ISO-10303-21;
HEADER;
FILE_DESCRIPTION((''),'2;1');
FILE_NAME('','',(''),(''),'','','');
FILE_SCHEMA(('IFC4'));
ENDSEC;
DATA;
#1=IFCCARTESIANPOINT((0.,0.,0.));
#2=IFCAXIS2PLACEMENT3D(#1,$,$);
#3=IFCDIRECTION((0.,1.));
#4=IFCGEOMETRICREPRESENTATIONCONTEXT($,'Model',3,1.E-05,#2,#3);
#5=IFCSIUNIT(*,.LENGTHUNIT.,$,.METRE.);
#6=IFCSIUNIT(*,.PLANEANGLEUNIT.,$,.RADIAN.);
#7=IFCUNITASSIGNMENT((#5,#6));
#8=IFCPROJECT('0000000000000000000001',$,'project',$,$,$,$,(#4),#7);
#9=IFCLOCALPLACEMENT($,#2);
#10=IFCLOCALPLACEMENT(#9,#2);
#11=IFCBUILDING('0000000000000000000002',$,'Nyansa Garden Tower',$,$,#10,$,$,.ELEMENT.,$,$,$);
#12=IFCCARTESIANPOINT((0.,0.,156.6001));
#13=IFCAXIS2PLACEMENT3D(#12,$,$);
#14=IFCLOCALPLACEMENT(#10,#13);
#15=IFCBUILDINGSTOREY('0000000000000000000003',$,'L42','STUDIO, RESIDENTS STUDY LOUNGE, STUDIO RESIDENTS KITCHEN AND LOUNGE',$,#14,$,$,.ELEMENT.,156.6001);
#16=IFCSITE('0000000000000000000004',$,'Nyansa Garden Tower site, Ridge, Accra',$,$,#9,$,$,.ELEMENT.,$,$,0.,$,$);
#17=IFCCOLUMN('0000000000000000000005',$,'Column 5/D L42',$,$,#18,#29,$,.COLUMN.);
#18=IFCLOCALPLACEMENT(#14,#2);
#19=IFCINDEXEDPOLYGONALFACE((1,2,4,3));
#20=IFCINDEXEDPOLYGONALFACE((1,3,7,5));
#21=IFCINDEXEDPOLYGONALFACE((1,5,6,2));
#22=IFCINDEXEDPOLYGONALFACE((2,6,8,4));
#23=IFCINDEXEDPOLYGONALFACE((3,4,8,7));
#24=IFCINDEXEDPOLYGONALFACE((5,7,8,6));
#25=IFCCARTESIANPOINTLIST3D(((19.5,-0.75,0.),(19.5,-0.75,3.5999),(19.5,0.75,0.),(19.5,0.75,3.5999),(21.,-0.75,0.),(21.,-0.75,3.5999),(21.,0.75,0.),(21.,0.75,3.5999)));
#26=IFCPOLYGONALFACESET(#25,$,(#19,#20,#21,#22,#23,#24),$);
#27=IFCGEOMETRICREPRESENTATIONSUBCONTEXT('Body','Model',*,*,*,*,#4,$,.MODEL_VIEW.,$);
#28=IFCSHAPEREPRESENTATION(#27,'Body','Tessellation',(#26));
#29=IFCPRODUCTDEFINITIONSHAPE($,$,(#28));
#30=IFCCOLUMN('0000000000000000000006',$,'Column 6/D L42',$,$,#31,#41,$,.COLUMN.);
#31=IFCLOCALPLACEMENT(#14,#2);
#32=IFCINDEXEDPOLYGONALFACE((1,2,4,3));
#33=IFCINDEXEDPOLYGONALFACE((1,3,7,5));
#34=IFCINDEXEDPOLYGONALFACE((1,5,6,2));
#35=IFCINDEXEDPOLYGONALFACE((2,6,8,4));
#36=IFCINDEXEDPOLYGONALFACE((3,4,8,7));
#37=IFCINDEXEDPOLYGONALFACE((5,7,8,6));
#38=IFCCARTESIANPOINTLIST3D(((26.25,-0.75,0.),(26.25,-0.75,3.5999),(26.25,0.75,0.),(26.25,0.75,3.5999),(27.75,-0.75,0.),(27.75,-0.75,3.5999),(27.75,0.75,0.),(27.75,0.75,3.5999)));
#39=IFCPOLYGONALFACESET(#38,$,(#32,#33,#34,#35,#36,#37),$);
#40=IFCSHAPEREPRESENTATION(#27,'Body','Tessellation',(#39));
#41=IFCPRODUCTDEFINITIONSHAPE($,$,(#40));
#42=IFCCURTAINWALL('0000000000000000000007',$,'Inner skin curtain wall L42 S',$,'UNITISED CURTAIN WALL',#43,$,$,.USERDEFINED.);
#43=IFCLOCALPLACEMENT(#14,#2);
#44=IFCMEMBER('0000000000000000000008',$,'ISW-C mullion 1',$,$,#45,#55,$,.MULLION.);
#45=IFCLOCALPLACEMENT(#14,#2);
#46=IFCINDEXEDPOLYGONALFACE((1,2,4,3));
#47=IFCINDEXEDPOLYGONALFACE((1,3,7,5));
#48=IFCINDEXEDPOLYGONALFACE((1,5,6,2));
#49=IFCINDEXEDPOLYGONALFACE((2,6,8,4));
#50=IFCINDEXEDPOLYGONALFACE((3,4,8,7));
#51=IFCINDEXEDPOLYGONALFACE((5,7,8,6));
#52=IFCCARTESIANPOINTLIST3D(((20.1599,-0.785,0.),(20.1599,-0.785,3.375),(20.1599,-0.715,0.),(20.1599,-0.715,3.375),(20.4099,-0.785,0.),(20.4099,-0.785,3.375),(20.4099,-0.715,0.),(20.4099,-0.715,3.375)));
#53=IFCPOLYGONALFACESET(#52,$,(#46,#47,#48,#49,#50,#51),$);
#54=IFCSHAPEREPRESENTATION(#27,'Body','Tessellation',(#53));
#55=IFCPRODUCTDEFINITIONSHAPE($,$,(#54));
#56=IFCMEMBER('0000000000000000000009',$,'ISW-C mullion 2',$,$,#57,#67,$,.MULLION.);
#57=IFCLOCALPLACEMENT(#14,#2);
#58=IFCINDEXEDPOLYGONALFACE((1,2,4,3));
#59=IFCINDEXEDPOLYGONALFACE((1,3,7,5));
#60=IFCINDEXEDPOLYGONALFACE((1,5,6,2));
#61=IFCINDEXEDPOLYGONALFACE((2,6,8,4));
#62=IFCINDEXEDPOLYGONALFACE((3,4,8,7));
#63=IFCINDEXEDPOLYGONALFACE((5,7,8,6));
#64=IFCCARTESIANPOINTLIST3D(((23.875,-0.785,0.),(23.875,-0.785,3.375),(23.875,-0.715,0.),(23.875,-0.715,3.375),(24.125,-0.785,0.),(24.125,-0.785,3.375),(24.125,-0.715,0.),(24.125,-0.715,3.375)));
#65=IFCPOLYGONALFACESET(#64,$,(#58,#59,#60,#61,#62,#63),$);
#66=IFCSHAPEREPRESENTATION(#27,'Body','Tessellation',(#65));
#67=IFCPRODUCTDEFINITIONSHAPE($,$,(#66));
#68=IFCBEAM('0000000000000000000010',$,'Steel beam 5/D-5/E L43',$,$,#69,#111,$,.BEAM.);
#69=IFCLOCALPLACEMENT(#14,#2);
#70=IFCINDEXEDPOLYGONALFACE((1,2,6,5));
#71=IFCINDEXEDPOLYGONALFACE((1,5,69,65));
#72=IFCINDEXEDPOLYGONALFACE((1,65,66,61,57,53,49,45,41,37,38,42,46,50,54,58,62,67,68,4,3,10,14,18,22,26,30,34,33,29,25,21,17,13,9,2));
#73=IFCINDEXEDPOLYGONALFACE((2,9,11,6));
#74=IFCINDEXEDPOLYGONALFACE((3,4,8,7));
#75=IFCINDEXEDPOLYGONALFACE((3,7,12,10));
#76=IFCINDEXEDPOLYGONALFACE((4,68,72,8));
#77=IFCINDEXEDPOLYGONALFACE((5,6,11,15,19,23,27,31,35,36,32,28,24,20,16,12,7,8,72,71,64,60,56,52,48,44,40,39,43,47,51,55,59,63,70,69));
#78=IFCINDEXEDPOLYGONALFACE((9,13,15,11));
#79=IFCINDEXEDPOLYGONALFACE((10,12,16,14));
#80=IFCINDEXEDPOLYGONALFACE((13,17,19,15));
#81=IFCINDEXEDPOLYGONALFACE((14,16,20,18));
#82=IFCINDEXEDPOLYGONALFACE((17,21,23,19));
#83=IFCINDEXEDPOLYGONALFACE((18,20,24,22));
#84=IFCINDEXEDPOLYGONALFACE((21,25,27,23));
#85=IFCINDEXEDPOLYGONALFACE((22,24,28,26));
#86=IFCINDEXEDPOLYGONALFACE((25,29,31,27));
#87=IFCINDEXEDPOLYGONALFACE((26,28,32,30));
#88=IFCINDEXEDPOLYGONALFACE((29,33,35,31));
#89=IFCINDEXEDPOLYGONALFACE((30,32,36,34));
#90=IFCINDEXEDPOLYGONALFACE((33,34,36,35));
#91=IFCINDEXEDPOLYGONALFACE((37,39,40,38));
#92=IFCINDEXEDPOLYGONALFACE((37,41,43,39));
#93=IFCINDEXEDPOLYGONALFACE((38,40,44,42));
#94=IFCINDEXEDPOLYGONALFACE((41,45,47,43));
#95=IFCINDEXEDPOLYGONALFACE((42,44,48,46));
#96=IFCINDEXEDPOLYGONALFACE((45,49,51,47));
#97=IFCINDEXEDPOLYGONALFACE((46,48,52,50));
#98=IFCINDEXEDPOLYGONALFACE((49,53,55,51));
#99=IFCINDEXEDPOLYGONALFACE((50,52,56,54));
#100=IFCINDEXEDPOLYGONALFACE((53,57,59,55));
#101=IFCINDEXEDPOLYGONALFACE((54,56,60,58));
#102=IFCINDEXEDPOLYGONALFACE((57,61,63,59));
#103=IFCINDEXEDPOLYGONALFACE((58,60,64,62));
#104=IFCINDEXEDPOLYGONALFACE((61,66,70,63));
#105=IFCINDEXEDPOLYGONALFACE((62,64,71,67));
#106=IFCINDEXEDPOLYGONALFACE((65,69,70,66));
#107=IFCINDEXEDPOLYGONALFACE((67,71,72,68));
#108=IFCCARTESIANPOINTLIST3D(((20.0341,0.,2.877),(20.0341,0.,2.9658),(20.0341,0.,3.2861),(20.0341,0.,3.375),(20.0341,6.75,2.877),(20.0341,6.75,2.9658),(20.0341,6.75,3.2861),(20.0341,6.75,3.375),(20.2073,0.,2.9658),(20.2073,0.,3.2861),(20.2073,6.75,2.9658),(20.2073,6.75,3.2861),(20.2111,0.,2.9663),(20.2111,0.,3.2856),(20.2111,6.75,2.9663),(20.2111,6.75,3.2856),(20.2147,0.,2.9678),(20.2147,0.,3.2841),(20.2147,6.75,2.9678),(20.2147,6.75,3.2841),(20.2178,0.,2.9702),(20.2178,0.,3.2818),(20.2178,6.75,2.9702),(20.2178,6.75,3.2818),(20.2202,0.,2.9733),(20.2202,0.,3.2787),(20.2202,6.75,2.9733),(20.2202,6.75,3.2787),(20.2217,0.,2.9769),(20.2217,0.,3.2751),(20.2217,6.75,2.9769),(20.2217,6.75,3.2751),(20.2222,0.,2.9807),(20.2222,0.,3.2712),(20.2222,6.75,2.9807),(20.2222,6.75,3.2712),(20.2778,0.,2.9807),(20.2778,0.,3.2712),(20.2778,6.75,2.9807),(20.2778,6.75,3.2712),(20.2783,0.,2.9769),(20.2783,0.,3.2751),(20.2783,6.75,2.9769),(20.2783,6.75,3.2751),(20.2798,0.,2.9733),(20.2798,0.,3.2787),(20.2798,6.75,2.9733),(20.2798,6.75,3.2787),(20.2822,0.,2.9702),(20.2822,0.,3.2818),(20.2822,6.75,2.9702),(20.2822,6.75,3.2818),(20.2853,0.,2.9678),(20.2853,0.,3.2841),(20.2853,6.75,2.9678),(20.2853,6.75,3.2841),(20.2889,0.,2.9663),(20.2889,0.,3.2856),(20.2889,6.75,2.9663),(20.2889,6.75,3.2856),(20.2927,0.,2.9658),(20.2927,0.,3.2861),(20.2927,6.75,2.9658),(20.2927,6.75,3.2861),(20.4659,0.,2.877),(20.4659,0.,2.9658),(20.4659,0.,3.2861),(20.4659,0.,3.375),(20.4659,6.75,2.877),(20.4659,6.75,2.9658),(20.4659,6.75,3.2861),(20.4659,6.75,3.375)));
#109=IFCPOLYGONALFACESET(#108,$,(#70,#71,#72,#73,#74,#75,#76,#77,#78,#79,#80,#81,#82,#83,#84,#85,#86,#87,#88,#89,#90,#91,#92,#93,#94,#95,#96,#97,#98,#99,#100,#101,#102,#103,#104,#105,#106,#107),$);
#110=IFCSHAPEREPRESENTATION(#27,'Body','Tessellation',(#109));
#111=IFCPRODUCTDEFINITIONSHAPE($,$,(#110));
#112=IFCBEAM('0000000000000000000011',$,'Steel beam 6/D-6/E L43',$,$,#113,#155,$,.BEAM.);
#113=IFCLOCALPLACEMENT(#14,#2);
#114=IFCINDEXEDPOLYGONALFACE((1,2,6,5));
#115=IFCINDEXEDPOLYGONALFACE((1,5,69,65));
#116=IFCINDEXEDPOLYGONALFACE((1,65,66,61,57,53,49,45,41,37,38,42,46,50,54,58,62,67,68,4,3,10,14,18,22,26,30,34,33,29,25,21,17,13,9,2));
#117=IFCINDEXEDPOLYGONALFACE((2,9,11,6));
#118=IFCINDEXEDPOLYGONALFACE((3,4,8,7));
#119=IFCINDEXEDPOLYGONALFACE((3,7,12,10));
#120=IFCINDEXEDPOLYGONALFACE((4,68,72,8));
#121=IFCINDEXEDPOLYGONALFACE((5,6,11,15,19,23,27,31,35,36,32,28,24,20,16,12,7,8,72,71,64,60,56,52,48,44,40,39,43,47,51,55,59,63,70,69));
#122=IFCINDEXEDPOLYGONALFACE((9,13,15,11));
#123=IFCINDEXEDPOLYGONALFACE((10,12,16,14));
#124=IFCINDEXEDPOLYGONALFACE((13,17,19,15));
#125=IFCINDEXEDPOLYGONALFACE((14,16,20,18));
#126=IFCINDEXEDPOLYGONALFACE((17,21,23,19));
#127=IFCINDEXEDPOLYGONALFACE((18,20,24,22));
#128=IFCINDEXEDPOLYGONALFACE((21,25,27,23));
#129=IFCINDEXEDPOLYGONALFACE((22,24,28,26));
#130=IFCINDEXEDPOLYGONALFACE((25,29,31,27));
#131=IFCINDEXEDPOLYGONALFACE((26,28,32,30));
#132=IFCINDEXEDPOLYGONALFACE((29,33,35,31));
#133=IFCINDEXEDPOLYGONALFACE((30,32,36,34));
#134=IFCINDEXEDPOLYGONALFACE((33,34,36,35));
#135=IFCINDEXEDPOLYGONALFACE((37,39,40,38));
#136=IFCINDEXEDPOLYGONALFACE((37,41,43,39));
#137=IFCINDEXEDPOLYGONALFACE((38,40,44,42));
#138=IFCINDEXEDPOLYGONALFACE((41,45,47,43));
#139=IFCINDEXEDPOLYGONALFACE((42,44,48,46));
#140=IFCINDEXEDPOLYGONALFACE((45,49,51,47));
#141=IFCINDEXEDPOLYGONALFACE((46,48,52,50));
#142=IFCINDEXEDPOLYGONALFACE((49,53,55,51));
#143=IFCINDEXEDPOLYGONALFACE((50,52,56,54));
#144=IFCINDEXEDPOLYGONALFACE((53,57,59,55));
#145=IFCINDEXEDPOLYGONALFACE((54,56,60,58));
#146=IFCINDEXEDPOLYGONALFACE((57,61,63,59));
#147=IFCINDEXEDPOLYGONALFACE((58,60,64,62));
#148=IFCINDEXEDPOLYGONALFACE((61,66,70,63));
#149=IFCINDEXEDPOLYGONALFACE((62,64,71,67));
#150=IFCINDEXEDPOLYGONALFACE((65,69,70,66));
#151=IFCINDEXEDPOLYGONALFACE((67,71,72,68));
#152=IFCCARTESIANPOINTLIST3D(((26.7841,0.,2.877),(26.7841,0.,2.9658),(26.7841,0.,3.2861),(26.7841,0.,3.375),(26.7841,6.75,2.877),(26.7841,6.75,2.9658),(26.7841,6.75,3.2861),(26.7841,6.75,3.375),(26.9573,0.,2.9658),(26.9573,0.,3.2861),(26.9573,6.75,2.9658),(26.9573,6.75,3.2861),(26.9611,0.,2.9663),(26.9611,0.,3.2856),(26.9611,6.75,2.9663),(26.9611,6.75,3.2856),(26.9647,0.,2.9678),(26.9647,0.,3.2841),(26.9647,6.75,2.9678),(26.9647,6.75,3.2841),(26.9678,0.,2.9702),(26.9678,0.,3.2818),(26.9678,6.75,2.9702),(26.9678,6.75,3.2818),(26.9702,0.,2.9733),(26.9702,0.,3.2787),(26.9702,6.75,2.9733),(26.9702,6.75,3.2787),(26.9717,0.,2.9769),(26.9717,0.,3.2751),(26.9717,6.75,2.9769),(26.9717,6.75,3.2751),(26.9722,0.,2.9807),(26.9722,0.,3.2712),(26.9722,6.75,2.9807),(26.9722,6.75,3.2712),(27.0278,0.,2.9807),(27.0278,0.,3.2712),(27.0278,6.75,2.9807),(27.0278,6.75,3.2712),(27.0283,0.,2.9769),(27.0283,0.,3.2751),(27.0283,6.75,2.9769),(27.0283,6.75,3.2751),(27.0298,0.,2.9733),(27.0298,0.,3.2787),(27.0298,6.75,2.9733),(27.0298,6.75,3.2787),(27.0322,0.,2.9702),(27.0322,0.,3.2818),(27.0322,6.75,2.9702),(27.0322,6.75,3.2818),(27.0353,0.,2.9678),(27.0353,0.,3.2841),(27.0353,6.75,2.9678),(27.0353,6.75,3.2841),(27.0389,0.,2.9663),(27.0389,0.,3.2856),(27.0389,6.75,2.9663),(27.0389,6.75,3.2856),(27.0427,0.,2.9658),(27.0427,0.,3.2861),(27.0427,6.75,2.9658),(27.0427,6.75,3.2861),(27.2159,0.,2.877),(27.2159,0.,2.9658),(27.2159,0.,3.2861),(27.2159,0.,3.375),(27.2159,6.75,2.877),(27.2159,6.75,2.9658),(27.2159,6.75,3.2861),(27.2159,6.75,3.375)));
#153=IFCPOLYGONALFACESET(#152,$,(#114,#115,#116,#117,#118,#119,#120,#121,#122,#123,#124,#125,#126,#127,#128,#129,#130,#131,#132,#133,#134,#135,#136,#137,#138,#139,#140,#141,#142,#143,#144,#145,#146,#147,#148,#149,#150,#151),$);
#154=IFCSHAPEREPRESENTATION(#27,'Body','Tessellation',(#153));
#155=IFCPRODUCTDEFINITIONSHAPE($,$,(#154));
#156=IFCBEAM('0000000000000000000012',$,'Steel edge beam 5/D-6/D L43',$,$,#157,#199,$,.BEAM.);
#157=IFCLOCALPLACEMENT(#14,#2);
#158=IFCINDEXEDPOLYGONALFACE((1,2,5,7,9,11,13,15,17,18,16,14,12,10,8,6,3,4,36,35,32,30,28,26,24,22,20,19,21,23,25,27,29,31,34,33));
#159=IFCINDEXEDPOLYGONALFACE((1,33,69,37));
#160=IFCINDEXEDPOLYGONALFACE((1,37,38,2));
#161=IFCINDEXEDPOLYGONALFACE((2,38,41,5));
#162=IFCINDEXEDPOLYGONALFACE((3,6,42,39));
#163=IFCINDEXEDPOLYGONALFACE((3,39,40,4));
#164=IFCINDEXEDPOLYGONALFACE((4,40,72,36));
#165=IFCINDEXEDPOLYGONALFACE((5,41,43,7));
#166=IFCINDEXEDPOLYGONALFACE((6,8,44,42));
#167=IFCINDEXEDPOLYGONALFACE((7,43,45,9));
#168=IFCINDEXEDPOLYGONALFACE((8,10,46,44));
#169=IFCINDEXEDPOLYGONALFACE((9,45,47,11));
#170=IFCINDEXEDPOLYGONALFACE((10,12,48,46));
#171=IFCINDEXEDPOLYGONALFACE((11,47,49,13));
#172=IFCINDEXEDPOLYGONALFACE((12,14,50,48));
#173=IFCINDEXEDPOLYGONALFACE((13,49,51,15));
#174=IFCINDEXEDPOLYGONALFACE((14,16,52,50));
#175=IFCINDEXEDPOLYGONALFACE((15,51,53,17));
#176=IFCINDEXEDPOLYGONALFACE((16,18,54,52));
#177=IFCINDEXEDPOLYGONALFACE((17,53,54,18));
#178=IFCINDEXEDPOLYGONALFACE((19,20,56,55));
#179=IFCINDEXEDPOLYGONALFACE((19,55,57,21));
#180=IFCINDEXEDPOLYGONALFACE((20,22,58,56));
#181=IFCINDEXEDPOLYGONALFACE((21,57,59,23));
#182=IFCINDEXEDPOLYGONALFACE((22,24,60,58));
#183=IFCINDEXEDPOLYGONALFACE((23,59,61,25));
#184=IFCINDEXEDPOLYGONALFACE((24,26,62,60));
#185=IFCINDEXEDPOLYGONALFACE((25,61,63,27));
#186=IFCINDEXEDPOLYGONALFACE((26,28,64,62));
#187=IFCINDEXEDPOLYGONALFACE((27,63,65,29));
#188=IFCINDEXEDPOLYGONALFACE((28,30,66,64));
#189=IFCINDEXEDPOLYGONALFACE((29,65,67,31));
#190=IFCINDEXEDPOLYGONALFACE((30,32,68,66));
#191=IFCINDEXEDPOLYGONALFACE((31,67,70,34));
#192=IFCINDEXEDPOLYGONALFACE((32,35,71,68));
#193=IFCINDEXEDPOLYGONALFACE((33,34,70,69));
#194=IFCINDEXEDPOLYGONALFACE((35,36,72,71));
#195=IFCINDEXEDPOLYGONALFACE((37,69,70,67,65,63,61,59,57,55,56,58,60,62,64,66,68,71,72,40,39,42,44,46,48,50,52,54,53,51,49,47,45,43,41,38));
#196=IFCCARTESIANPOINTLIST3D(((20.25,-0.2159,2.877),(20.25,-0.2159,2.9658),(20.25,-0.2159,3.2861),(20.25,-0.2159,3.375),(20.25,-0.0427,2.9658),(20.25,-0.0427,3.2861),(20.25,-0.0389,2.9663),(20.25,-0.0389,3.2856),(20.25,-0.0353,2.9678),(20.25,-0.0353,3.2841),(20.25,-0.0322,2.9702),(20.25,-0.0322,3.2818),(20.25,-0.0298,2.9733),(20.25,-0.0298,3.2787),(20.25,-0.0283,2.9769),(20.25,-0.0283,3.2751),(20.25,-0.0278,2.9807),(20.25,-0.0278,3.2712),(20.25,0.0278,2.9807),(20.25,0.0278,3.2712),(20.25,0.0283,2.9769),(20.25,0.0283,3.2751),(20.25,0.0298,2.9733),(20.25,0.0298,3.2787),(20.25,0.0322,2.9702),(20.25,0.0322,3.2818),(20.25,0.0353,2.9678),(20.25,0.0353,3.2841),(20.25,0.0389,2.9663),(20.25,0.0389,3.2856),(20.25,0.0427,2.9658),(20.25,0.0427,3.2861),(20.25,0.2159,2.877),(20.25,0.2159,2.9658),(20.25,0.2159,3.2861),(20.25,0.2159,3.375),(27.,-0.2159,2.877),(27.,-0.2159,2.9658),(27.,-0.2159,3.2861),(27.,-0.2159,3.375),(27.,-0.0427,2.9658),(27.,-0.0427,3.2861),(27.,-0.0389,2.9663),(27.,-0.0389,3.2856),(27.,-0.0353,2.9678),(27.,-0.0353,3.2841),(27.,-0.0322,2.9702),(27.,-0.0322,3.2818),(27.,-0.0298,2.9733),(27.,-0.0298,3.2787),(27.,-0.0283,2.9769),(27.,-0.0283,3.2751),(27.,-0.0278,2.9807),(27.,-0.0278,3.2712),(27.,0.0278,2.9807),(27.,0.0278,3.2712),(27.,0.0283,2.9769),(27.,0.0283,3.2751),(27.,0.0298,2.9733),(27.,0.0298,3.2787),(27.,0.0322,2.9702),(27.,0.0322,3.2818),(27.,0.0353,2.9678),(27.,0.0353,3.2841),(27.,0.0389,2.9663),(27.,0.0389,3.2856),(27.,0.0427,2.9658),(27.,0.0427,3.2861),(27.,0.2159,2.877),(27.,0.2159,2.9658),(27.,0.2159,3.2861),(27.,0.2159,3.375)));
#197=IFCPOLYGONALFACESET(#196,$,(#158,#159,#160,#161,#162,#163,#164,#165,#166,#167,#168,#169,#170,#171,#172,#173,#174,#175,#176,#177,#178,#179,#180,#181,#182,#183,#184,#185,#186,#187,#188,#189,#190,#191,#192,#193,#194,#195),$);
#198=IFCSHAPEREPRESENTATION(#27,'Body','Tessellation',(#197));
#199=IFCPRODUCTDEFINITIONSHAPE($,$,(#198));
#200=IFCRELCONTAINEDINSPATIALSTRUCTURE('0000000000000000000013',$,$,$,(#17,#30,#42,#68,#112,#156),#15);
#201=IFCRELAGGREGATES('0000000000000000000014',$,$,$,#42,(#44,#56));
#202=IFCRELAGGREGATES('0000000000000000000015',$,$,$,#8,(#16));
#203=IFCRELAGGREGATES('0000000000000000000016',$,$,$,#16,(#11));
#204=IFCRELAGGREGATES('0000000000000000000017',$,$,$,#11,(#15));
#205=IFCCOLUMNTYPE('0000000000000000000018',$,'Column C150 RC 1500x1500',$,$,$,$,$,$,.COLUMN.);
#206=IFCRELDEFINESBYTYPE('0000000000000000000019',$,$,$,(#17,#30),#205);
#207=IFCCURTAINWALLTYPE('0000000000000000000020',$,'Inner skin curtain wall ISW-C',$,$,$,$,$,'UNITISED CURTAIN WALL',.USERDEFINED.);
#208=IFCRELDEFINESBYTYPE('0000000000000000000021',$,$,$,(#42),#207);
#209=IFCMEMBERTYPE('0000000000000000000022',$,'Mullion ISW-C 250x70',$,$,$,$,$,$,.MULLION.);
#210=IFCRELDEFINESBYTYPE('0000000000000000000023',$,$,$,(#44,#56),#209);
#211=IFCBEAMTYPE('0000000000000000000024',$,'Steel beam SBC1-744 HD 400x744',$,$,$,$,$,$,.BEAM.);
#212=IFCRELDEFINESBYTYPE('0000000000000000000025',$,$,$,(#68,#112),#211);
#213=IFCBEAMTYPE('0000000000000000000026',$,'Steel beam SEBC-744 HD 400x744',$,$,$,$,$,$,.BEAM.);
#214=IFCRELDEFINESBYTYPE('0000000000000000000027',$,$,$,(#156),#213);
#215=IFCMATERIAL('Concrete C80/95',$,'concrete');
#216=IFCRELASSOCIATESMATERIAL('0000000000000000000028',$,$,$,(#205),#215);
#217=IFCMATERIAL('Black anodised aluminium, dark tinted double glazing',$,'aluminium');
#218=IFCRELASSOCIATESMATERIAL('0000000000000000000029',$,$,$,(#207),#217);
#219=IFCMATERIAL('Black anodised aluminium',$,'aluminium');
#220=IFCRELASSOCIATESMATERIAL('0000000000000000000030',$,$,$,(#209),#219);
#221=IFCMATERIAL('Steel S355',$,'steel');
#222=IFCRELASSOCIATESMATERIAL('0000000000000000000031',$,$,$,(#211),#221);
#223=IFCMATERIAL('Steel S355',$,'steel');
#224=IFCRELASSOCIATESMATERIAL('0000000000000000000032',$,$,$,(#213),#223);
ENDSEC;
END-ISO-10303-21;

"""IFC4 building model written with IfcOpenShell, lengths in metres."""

from ifc_helpers import new_model, si_unit, direction, frame, origin, origin_2d, place, context, subcontext, project, spatial, rectangle, i_section, extrude, material, material_profile, profile_set, type_object, element, aggregate, save


model = new_model("IFC4")

# Units and contexts
model_context = context("Model", 3, precision=1e-05, world=origin(), true_north=direction((0.0, 1.0)))
body_context = subcontext(model_context, "Body", "Model", "MODEL_VIEW")
ifc_project = project(units=[si_unit("LENGTHUNIT", "METRE"), si_unit("PLANEANGLEUNIT", "RADIAN")], contexts=[model_context])

# Site, building, storey
site_placement = place(None, origin())
site = spatial("IfcSite", under=ifc_project, at=site_placement, Name="Nyansa Garden Tower site, Ridge, Accra", CompositionType="ELEMENT", RefElevation=0.0)
building_placement = place(site_placement, origin())
building = spatial("IfcBuilding", under=site, at=building_placement, Name="Nyansa Garden Tower", CompositionType="ELEMENT")
storey_placement = place(building_placement, frame((0.0, 0.0, 156.6001)))
storey = spatial("IfcBuildingStorey", under=building, at=storey_placement, Name="L42", Description="STUDIO, RESIDENTS STUDY LOUNGE, STUDIO RESIDENTS KITCHEN AND LOUNGE", CompositionType="ELEMENT", Elevation=156.6001)

# Columns
ifc_material_1 = material(Name="Concrete C80/95", Category="concrete")
ifc_material_profile_1 = material_profile(ifc_material_1, rectangle(XDim=1.5, YDim=1.5, at=origin_2d()), Name="RC 1500x1500")
ifc_profile_set_1 = profile_set([ifc_material_profile_1], Name="Concrete C80/95")
column_type = type_object("IfcColumnType", Name="Column C150 RC 1500x1500", PredefinedType="COLUMN", material=ifc_profile_set_1)
for number, where, z_axis, x_axis, name in (
    (1, (20.25, 0.0, 0.0), (0.0, 0.0, 1.0), (1.0, 0.0, 0.0), "Column 5/D L42"),
    (2, (27.0, 0.0, 0.0), (0.0, 0.0, 1.0), (1.0, 0.0, 0.0), "Column 6/D L42"),
):
    element("IfcColumn", number, at=place(storey_placement, frame(where, z_axis=z_axis, x_axis=x_axis)), inside=storey, type_object=column_type, Name=name, PredefinedType="COLUMN", context=body_context, shape_type="SweptSolid", body=[
        extrude(rectangle(XDim=1.5, YDim=1.5, at=origin_2d()), origin(), (0.0, 0.0, 1.0), 3.5999),
    ])

# Curtain wall, members
ifc_material_2 = material(Name="Black anodised aluminium, dark tinted double glazing", Category="aluminium")
curtain_wall_type = type_object("IfcCurtainWallType", Name="Inner skin curtain wall ISW-C", ElementType="UNITISED CURTAIN WALL", PredefinedType="USERDEFINED", material=ifc_material_2)
curtain_wall_placement = place(storey_placement, origin())
curtain_wall = element("IfcCurtainWall", 3, at=curtain_wall_placement, inside=storey, type_object=curtain_wall_type, Name="Inner skin curtain wall L42 S", ObjectType="UNITISED CURTAIN WALL", PredefinedType="USERDEFINED")
ifc_material_3 = material(Name="Black anodised aluminium", Category="aluminium")
ifc_material_profile_2 = material_profile(ifc_material_3, rectangle(XDim=0.0701, YDim=0.25, at=origin_2d()), Name="Mullion 250x70")
ifc_profile_set_2 = profile_set([ifc_material_profile_2], Name="Black anodised aluminium")
member_type_1 = type_object("IfcMemberType", Name="Mullion ISW-C 250x70", PredefinedType="MULLION", material=ifc_profile_set_2)
member_1_placement = place(storey_placement, frame((20.2849, -0.75, 0.0), z_axis=(0.0, 0.0, 1.0), x_axis=(0.0, 1.0, 0.0)))
member_1 = element("IfcMember", 4, at=member_1_placement, type_object=member_type_1, Name="ISW-C mullion 1", PredefinedType="MULLION", context=body_context, shape_type="SweptSolid", body=[
    extrude(rectangle(XDim=0.0701, YDim=0.25, at=origin_2d()), origin(), (0.0, 0.0, 1.0), 3.375),
])
member_2_placement = place(storey_placement, frame((24.0, -0.75, 0.0), z_axis=(0.0, 0.0, 1.0), x_axis=(0.0, 1.0, 0.0)))
member_2 = element("IfcMember", 5, at=member_2_placement, type_object=member_type_1, Name="ISW-C mullion 2", PredefinedType="MULLION", context=body_context, shape_type="SweptSolid", body=[
    extrude(rectangle(XDim=0.0701, YDim=0.25, at=origin_2d()), origin(), (0.0, 0.0, 1.0), 3.375),
])

# Beams
ifc_material_4 = material(Name="Steel S355", Category="steel")
ifc_material_profile_3 = material_profile(ifc_material_4, i_section(OverallWidth=0.4319, OverallDepth=0.498, WebThickness=0.0557, FlangeThickness=0.0889, FilletRadius=0.0149, at=origin_2d()), Name="HD 400x744")
ifc_profile_set_3 = profile_set([ifc_material_profile_3], Name="Steel S355")
beam_type_1 = type_object("IfcBeamType", Name="Steel beam SBC1-744 HD 400x744", PredefinedType="BEAM", material=ifc_profile_set_3)
for number, where, z_axis, x_axis, name in (
    (6, (20.25, 0.0, 3.126), (0.0, 1.0, 0.0), (-1.0, 0.0, 0.0), "Steel beam 5/D-5/E L43"),
    (7, (27.0, 0.0, 3.126), (0.0, 1.0, 0.0), (-1.0, 0.0, 0.0), "Steel beam 6/D-6/E L43"),
):
    element("IfcBeam", number, at=place(storey_placement, frame(where, z_axis=z_axis, x_axis=x_axis)), inside=storey, type_object=beam_type_1, Name=name, PredefinedType="BEAM", context=body_context, shape_type="SweptSolid", body=[
        extrude(i_section(OverallWidth=0.4319, OverallDepth=0.498, WebThickness=0.0557, FlangeThickness=0.0889, FilletRadius=0.0149, at=origin_2d()), origin(), (0.0, 0.0, 1.0), 6.75),
    ])
ifc_material_5 = material(Name="Steel S355", Category="steel")
ifc_material_profile_4 = material_profile(ifc_material_5, i_section(OverallWidth=0.4319, OverallDepth=0.498, WebThickness=0.0557, FlangeThickness=0.0889, FilletRadius=0.0149, at=origin_2d()), Name="HD 400x744")
ifc_profile_set_4 = profile_set([ifc_material_profile_4], Name="Steel S355")
beam_type_2 = type_object("IfcBeamType", Name="Steel beam SEBC-744 HD 400x744", PredefinedType="BEAM", material=ifc_profile_set_4)
beam_placement = place(storey_placement, frame((20.25, 0.0, 3.126), z_axis=(1.0, 0.0, 0.0), x_axis=(0.0, 1.0, 0.0)))
element("IfcBeam", 8, at=beam_placement, inside=storey, type_object=beam_type_2, Name="Steel edge beam 5/D-6/D L43", PredefinedType="BEAM", context=body_context, shape_type="SweptSolid", body=[
    extrude(i_section(OverallWidth=0.4319, OverallDepth=0.498, WebThickness=0.0557, FlangeThickness=0.0889, FilletRadius=0.0149, at=origin_2d()), origin(), (0.0, 0.0, 1.0), 6.75),
])

aggregate(curtain_wall, [member_1, member_2])

save(model, "model.ifc")
